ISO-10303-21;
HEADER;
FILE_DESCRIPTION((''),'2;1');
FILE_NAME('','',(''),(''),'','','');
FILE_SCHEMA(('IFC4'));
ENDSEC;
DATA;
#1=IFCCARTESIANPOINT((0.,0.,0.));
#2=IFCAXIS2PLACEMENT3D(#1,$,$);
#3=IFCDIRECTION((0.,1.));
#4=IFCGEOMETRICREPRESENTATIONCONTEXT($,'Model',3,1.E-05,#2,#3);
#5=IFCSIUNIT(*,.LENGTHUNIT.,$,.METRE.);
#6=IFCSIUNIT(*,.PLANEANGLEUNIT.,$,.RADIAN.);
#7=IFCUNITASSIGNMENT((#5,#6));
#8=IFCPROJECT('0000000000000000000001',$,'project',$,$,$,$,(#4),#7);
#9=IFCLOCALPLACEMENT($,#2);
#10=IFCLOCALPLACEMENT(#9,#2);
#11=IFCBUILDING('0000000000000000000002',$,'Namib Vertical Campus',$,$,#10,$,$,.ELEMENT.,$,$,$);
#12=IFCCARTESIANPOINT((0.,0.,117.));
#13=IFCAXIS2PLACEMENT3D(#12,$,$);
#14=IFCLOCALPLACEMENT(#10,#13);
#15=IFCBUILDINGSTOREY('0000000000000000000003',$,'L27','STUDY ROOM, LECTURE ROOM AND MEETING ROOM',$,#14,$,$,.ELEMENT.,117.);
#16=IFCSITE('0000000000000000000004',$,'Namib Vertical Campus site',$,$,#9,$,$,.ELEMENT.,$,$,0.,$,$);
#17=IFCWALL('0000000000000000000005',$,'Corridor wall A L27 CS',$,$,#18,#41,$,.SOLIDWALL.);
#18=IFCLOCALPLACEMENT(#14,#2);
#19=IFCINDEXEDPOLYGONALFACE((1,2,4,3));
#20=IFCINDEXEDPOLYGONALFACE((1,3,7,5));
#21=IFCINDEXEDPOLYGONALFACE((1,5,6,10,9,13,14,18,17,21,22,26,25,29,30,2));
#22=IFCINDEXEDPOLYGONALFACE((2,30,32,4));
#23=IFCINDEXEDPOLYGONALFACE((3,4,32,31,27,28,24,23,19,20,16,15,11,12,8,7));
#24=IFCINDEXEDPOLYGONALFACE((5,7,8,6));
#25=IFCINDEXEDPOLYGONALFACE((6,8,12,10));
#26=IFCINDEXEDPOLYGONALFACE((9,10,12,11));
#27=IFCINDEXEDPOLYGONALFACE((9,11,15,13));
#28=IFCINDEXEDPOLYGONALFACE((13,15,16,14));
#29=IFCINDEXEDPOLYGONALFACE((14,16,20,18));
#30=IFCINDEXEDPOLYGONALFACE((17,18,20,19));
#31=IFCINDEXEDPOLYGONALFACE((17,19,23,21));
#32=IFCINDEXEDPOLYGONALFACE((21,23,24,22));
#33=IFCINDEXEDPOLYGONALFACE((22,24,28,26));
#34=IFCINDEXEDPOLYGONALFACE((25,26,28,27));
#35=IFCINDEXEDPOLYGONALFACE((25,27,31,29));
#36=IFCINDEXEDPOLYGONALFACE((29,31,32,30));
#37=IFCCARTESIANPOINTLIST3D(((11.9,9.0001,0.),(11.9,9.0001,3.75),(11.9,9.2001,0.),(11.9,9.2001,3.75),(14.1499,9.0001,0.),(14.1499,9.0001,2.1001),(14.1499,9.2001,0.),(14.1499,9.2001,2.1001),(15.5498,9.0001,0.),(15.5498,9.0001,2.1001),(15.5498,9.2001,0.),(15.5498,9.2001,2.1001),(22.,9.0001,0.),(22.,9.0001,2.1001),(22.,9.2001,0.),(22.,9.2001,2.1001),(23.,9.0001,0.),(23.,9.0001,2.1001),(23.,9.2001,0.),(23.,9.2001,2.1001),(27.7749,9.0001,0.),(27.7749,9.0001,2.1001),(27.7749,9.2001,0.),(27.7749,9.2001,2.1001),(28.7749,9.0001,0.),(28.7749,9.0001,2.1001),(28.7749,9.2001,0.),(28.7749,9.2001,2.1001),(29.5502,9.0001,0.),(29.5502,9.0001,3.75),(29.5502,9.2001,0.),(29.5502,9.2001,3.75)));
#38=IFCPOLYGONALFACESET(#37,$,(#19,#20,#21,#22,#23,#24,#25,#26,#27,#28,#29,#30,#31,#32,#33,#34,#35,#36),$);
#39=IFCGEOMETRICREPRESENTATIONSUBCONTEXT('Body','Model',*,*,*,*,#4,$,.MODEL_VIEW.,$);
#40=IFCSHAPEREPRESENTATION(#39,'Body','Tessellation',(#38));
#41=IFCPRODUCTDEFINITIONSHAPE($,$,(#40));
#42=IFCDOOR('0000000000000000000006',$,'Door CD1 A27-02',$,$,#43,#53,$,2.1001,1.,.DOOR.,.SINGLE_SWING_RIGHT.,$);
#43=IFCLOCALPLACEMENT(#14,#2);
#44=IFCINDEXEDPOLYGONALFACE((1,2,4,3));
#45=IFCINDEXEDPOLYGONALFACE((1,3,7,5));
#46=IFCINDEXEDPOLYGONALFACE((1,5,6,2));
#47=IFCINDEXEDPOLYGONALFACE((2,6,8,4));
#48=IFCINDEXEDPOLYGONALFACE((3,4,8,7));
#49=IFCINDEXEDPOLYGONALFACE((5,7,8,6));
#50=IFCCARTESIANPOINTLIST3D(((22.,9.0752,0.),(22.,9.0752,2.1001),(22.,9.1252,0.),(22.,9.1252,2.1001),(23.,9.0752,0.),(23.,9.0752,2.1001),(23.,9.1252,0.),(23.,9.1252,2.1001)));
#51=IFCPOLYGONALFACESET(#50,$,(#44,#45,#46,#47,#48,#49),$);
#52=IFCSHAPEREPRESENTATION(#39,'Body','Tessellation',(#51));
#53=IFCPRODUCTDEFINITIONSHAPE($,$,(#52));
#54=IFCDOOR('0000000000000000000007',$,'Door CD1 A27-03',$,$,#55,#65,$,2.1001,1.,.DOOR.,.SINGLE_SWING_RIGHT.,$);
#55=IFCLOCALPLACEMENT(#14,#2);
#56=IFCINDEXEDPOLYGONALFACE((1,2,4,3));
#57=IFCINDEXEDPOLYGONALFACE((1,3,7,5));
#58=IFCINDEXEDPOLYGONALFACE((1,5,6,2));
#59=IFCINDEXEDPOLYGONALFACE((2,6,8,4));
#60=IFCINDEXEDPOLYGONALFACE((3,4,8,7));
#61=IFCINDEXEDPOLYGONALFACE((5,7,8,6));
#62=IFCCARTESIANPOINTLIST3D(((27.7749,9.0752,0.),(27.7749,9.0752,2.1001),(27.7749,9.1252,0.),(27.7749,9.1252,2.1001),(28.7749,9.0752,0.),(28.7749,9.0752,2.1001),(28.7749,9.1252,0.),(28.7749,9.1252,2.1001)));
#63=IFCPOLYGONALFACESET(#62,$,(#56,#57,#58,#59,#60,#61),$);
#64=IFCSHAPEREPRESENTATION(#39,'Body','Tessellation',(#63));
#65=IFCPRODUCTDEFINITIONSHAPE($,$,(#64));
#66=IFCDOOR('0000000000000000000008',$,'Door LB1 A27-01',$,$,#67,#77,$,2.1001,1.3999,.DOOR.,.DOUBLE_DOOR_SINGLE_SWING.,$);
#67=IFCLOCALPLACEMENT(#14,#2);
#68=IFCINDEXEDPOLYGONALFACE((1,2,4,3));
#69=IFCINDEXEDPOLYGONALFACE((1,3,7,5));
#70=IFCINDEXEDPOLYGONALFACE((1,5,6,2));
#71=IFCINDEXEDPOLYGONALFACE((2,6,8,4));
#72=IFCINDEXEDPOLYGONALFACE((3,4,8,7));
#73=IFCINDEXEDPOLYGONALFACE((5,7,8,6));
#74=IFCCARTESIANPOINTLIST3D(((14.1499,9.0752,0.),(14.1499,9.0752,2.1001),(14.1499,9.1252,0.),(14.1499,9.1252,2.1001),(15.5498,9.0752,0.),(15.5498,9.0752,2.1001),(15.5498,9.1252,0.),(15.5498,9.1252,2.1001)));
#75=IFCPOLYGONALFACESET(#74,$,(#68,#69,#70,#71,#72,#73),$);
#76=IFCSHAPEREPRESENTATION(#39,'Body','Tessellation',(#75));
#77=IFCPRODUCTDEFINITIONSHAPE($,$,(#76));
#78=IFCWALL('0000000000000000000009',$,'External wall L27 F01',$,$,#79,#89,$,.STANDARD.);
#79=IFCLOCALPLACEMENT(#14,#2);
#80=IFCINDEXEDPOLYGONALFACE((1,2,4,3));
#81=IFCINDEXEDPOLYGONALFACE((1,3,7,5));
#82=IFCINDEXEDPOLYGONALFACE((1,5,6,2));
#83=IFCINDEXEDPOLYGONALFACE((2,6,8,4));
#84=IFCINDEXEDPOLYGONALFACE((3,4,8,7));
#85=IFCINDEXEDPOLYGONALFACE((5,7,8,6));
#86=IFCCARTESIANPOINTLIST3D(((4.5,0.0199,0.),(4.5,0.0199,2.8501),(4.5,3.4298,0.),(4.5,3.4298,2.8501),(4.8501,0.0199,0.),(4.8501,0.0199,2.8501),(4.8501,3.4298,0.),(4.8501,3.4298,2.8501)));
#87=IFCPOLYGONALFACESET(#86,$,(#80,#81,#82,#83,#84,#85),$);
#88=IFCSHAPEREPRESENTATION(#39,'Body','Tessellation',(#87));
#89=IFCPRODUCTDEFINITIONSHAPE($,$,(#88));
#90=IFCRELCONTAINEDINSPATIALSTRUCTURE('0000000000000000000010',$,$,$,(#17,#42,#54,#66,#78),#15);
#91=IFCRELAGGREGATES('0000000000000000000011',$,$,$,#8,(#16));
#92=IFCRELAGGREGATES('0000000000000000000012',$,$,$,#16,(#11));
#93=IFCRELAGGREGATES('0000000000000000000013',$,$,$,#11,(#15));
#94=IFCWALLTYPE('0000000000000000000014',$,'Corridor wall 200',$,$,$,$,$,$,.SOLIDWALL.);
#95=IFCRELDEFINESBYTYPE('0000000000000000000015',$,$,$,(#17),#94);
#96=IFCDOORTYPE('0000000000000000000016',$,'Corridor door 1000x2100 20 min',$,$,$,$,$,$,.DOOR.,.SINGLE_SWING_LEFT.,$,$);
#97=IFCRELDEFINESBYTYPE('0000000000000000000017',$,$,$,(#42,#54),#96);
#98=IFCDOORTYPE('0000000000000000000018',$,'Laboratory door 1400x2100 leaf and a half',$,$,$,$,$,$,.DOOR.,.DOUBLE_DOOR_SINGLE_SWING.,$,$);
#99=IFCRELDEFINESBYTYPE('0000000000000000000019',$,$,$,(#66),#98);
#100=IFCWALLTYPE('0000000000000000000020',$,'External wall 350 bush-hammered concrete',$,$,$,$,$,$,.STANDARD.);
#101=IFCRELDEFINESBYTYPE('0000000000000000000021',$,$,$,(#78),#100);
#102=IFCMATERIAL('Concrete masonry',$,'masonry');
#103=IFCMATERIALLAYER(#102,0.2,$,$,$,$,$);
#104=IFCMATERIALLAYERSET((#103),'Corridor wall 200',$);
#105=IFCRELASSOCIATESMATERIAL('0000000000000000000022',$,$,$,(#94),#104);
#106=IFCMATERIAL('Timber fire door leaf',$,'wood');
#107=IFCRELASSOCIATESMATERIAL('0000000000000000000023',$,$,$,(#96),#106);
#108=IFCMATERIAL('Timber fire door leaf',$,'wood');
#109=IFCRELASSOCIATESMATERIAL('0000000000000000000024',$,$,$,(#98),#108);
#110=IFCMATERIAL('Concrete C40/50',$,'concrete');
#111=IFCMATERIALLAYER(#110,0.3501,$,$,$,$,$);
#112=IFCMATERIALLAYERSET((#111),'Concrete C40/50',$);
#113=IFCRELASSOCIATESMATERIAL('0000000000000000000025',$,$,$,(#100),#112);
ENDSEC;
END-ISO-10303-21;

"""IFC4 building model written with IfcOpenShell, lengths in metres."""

from ifc_helpers import new_model, si_unit, direction, frame, frame_2d, origin, place, context, subcontext, project, spatial, rectangle, extrude, material, layer, layer_set, type_object, element, fill, save


model = new_model("IFC4")

# Units and contexts
model_context = context("Model", 3, precision=1e-05, world=origin(), true_north=direction((0.0, 1.0)))
body_context = subcontext(model_context, "Body", "Model", "MODEL_VIEW")
ifc_project = project(units=[si_unit("LENGTHUNIT", "METRE"), si_unit("PLANEANGLEUNIT", "RADIAN")], contexts=[model_context])

# Site, building, storey
site_placement = place(None, origin())
site = spatial("IfcSite", under=ifc_project, at=site_placement, Name="Namib Vertical Campus site", CompositionType="ELEMENT", RefElevation=0.0)
building_placement = place(site_placement, origin())
building = spatial("IfcBuilding", under=site, at=building_placement, Name="Namib Vertical Campus", CompositionType="ELEMENT")
storey_placement = place(building_placement, frame((0.0, 0.0, 117.0)))
storey = spatial("IfcBuildingStorey", under=building, at=storey_placement, Name="L27", Description="STUDY ROOM, LECTURE ROOM AND MEETING ROOM", CompositionType="ELEMENT", Elevation=117.0)

# Wall, openings, doors
ifc_material_1 = material(Name="Concrete masonry", Category="masonry")
ifc_layer_1 = layer(ifc_material_1, 0.2)
ifc_layer_set_1 = layer_set([ifc_layer_1], Name="Corridor wall 200")
wall_type_1 = type_object("IfcWallType", Name="Corridor wall 200", PredefinedType="SOLIDWALL", material=ifc_layer_set_1)
wall_1_placement = place(storey_placement, frame((11.8999, 9.1001, 0.0), z_axis=(0.0, 0.0, 1.0), x_axis=(1.0, 0.0, 0.0)))
wall_1 = element("IfcWall", 1, at=wall_1_placement, inside=storey, type_object=wall_type_1, Name="Corridor wall A L27 CS", PredefinedType="SOLIDWALL", context=body_context, shape_type="SweptSolid", body=[
    extrude(rectangle(XDim=17.6501, YDim=0.2, at=frame_2d((8.8252, 0.0))), origin(), (0.0, 0.0, 1.0), 3.75),
])
opening_1_placement = place(wall_1_placement, frame((2.25, 0.0, 0.0)))
opening_1 = element("IfcOpeningElement", 2, at=opening_1_placement, cuts=wall_1, PredefinedType="OPENING", context=body_context, shape_type="SweptSolid", body=[
    extrude(rectangle(XDim=1.3999, YDim=2.1001, at=frame_2d((0.7, 1.05))), frame((0.0, 0.1099, 0.0), z_axis=(0.0, -1.0, 0.0), x_axis=(1.0, 0.0, 0.0)), (0.0, 0.0, 1.0), 0.22),
])
opening_2_placement = place(wall_1_placement, frame((10.1001, 0.0, 0.0)))
opening_2 = element("IfcOpeningElement", 3, at=opening_2_placement, cuts=wall_1, PredefinedType="OPENING", context=body_context, shape_type="SweptSolid", body=[
    extrude(rectangle(XDim=1.0, YDim=2.1001, at=frame_2d((0.5, 1.05))), frame((0.0, 0.1099, 0.0), z_axis=(0.0, -1.0, 0.0), x_axis=(1.0, 0.0, 0.0)), (0.0, 0.0, 1.0), 0.22),
])
opening_3_placement = place(wall_1_placement, frame((15.875, 0.0, 0.0)))
opening_3 = element("IfcOpeningElement", 4, at=opening_3_placement, cuts=wall_1, PredefinedType="OPENING", context=body_context, shape_type="SweptSolid", body=[
    extrude(rectangle(XDim=1.0, YDim=2.1001, at=frame_2d((0.5, 1.05))), frame((0.0, 0.1099, 0.0), z_axis=(0.0, -1.0, 0.0), x_axis=(1.0, 0.0, 0.0)), (0.0, 0.0, 1.0), 0.22),
])
ifc_material_2 = material(Name="Timber fire door leaf", Category="wood")
door_type_1 = type_object("IfcDoorType", Name="Corridor door 1000x2100 20 min", OperationType="SINGLE_SWING_LEFT", PredefinedType="DOOR", material=ifc_material_2)
door_1_placement = place(opening_2_placement, frame((1.0, 0.0, 0.0), z_axis=(0.0, 0.0, 1.0), x_axis=(-1.0, 0.0, 0.0)))
door_1 = element("IfcDoor", 5, at=door_1_placement, inside=storey, type_object=door_type_1, Name="Door CD1 A27-02", OperationType="SINGLE_SWING_RIGHT", OverallHeight=2.1001, OverallWidth=1.0, PredefinedType="DOOR", context=body_context, shape_type="SweptSolid", body=[
    extrude(rectangle(XDim=1.0, YDim=2.1001, at=frame_2d((0.5, 1.05))), frame((0.0, 0.0249, 0.0), z_axis=(0.0, -1.0, 0.0), x_axis=(1.0, 0.0, 0.0)), (0.0, 0.0, 1.0), 0.05),
])
fill(opening_2, door_1)
door_2_placement = place(opening_3_placement, frame((1.0, 0.0, 0.0), z_axis=(0.0, 0.0, 1.0), x_axis=(-1.0, 0.0, 0.0)))
door_2 = element("IfcDoor", 6, at=door_2_placement, inside=storey, type_object=door_type_1, Name="Door CD1 A27-03", OperationType="SINGLE_SWING_RIGHT", OverallHeight=2.1001, OverallWidth=1.0, PredefinedType="DOOR", context=body_context, shape_type="SweptSolid", body=[
    extrude(rectangle(XDim=1.0, YDim=2.1001, at=frame_2d((0.5, 1.05))), frame((0.0, 0.0249, 0.0), z_axis=(0.0, -1.0, 0.0), x_axis=(1.0, 0.0, 0.0)), (0.0, 0.0, 1.0), 0.05),
])
fill(opening_3, door_2)
ifc_material_3 = material(Name="Timber fire door leaf", Category="wood")
door_type_2 = type_object("IfcDoorType", Name="Laboratory door 1400x2100 leaf and a half", OperationType="DOUBLE_DOOR_SINGLE_SWING", PredefinedType="DOOR", material=ifc_material_3)
door_3_placement = place(opening_1_placement, frame((1.3999, 0.0, 0.0), z_axis=(0.0, 0.0, 1.0), x_axis=(-1.0, 0.0, 0.0)))
door_3 = element("IfcDoor", 7, at=door_3_placement, inside=storey, type_object=door_type_2, Name="Door LB1 A27-01", OperationType="DOUBLE_DOOR_SINGLE_SWING", OverallHeight=2.1001, OverallWidth=1.3999, PredefinedType="DOOR", context=body_context, shape_type="SweptSolid", body=[
    extrude(rectangle(XDim=1.3999, YDim=2.1001, at=frame_2d((0.7, 1.05))), frame((0.0, 0.0249, 0.0), z_axis=(0.0, -1.0, 0.0), x_axis=(1.0, 0.0, 0.0)), (0.0, 0.0, 1.0), 0.05),
])
fill(opening_1, door_3)

# Wall
ifc_material_4 = material(Name="Concrete C40/50", Category="concrete")
ifc_layer_2 = layer(ifc_material_4, 0.3501)
ifc_layer_set_2 = layer_set([ifc_layer_2], Name="Concrete C40/50")
wall_type_2 = type_object("IfcWallType", Name="External wall 350 bush-hammered concrete", PredefinedType="STANDARD", material=ifc_layer_set_2)
wall_2_placement = place(storey_placement, frame((4.675, 3.4299, 0.0), z_axis=(0.0, 0.0, 1.0), x_axis=(0.0, -1.0, 0.0)))
element("IfcWall", 8, at=wall_2_placement, inside=storey, type_object=wall_type_2, Name="External wall L27 F01", PredefinedType="STANDARD", context=body_context, shape_type="SweptSolid", body=[
    extrude(rectangle(XDim=3.4099, YDim=0.3501, at=frame_2d((1.7051, 0.0))), origin(), (0.0, 0.0, 1.0), 2.8501),
])

save(model, "model.ifc")
